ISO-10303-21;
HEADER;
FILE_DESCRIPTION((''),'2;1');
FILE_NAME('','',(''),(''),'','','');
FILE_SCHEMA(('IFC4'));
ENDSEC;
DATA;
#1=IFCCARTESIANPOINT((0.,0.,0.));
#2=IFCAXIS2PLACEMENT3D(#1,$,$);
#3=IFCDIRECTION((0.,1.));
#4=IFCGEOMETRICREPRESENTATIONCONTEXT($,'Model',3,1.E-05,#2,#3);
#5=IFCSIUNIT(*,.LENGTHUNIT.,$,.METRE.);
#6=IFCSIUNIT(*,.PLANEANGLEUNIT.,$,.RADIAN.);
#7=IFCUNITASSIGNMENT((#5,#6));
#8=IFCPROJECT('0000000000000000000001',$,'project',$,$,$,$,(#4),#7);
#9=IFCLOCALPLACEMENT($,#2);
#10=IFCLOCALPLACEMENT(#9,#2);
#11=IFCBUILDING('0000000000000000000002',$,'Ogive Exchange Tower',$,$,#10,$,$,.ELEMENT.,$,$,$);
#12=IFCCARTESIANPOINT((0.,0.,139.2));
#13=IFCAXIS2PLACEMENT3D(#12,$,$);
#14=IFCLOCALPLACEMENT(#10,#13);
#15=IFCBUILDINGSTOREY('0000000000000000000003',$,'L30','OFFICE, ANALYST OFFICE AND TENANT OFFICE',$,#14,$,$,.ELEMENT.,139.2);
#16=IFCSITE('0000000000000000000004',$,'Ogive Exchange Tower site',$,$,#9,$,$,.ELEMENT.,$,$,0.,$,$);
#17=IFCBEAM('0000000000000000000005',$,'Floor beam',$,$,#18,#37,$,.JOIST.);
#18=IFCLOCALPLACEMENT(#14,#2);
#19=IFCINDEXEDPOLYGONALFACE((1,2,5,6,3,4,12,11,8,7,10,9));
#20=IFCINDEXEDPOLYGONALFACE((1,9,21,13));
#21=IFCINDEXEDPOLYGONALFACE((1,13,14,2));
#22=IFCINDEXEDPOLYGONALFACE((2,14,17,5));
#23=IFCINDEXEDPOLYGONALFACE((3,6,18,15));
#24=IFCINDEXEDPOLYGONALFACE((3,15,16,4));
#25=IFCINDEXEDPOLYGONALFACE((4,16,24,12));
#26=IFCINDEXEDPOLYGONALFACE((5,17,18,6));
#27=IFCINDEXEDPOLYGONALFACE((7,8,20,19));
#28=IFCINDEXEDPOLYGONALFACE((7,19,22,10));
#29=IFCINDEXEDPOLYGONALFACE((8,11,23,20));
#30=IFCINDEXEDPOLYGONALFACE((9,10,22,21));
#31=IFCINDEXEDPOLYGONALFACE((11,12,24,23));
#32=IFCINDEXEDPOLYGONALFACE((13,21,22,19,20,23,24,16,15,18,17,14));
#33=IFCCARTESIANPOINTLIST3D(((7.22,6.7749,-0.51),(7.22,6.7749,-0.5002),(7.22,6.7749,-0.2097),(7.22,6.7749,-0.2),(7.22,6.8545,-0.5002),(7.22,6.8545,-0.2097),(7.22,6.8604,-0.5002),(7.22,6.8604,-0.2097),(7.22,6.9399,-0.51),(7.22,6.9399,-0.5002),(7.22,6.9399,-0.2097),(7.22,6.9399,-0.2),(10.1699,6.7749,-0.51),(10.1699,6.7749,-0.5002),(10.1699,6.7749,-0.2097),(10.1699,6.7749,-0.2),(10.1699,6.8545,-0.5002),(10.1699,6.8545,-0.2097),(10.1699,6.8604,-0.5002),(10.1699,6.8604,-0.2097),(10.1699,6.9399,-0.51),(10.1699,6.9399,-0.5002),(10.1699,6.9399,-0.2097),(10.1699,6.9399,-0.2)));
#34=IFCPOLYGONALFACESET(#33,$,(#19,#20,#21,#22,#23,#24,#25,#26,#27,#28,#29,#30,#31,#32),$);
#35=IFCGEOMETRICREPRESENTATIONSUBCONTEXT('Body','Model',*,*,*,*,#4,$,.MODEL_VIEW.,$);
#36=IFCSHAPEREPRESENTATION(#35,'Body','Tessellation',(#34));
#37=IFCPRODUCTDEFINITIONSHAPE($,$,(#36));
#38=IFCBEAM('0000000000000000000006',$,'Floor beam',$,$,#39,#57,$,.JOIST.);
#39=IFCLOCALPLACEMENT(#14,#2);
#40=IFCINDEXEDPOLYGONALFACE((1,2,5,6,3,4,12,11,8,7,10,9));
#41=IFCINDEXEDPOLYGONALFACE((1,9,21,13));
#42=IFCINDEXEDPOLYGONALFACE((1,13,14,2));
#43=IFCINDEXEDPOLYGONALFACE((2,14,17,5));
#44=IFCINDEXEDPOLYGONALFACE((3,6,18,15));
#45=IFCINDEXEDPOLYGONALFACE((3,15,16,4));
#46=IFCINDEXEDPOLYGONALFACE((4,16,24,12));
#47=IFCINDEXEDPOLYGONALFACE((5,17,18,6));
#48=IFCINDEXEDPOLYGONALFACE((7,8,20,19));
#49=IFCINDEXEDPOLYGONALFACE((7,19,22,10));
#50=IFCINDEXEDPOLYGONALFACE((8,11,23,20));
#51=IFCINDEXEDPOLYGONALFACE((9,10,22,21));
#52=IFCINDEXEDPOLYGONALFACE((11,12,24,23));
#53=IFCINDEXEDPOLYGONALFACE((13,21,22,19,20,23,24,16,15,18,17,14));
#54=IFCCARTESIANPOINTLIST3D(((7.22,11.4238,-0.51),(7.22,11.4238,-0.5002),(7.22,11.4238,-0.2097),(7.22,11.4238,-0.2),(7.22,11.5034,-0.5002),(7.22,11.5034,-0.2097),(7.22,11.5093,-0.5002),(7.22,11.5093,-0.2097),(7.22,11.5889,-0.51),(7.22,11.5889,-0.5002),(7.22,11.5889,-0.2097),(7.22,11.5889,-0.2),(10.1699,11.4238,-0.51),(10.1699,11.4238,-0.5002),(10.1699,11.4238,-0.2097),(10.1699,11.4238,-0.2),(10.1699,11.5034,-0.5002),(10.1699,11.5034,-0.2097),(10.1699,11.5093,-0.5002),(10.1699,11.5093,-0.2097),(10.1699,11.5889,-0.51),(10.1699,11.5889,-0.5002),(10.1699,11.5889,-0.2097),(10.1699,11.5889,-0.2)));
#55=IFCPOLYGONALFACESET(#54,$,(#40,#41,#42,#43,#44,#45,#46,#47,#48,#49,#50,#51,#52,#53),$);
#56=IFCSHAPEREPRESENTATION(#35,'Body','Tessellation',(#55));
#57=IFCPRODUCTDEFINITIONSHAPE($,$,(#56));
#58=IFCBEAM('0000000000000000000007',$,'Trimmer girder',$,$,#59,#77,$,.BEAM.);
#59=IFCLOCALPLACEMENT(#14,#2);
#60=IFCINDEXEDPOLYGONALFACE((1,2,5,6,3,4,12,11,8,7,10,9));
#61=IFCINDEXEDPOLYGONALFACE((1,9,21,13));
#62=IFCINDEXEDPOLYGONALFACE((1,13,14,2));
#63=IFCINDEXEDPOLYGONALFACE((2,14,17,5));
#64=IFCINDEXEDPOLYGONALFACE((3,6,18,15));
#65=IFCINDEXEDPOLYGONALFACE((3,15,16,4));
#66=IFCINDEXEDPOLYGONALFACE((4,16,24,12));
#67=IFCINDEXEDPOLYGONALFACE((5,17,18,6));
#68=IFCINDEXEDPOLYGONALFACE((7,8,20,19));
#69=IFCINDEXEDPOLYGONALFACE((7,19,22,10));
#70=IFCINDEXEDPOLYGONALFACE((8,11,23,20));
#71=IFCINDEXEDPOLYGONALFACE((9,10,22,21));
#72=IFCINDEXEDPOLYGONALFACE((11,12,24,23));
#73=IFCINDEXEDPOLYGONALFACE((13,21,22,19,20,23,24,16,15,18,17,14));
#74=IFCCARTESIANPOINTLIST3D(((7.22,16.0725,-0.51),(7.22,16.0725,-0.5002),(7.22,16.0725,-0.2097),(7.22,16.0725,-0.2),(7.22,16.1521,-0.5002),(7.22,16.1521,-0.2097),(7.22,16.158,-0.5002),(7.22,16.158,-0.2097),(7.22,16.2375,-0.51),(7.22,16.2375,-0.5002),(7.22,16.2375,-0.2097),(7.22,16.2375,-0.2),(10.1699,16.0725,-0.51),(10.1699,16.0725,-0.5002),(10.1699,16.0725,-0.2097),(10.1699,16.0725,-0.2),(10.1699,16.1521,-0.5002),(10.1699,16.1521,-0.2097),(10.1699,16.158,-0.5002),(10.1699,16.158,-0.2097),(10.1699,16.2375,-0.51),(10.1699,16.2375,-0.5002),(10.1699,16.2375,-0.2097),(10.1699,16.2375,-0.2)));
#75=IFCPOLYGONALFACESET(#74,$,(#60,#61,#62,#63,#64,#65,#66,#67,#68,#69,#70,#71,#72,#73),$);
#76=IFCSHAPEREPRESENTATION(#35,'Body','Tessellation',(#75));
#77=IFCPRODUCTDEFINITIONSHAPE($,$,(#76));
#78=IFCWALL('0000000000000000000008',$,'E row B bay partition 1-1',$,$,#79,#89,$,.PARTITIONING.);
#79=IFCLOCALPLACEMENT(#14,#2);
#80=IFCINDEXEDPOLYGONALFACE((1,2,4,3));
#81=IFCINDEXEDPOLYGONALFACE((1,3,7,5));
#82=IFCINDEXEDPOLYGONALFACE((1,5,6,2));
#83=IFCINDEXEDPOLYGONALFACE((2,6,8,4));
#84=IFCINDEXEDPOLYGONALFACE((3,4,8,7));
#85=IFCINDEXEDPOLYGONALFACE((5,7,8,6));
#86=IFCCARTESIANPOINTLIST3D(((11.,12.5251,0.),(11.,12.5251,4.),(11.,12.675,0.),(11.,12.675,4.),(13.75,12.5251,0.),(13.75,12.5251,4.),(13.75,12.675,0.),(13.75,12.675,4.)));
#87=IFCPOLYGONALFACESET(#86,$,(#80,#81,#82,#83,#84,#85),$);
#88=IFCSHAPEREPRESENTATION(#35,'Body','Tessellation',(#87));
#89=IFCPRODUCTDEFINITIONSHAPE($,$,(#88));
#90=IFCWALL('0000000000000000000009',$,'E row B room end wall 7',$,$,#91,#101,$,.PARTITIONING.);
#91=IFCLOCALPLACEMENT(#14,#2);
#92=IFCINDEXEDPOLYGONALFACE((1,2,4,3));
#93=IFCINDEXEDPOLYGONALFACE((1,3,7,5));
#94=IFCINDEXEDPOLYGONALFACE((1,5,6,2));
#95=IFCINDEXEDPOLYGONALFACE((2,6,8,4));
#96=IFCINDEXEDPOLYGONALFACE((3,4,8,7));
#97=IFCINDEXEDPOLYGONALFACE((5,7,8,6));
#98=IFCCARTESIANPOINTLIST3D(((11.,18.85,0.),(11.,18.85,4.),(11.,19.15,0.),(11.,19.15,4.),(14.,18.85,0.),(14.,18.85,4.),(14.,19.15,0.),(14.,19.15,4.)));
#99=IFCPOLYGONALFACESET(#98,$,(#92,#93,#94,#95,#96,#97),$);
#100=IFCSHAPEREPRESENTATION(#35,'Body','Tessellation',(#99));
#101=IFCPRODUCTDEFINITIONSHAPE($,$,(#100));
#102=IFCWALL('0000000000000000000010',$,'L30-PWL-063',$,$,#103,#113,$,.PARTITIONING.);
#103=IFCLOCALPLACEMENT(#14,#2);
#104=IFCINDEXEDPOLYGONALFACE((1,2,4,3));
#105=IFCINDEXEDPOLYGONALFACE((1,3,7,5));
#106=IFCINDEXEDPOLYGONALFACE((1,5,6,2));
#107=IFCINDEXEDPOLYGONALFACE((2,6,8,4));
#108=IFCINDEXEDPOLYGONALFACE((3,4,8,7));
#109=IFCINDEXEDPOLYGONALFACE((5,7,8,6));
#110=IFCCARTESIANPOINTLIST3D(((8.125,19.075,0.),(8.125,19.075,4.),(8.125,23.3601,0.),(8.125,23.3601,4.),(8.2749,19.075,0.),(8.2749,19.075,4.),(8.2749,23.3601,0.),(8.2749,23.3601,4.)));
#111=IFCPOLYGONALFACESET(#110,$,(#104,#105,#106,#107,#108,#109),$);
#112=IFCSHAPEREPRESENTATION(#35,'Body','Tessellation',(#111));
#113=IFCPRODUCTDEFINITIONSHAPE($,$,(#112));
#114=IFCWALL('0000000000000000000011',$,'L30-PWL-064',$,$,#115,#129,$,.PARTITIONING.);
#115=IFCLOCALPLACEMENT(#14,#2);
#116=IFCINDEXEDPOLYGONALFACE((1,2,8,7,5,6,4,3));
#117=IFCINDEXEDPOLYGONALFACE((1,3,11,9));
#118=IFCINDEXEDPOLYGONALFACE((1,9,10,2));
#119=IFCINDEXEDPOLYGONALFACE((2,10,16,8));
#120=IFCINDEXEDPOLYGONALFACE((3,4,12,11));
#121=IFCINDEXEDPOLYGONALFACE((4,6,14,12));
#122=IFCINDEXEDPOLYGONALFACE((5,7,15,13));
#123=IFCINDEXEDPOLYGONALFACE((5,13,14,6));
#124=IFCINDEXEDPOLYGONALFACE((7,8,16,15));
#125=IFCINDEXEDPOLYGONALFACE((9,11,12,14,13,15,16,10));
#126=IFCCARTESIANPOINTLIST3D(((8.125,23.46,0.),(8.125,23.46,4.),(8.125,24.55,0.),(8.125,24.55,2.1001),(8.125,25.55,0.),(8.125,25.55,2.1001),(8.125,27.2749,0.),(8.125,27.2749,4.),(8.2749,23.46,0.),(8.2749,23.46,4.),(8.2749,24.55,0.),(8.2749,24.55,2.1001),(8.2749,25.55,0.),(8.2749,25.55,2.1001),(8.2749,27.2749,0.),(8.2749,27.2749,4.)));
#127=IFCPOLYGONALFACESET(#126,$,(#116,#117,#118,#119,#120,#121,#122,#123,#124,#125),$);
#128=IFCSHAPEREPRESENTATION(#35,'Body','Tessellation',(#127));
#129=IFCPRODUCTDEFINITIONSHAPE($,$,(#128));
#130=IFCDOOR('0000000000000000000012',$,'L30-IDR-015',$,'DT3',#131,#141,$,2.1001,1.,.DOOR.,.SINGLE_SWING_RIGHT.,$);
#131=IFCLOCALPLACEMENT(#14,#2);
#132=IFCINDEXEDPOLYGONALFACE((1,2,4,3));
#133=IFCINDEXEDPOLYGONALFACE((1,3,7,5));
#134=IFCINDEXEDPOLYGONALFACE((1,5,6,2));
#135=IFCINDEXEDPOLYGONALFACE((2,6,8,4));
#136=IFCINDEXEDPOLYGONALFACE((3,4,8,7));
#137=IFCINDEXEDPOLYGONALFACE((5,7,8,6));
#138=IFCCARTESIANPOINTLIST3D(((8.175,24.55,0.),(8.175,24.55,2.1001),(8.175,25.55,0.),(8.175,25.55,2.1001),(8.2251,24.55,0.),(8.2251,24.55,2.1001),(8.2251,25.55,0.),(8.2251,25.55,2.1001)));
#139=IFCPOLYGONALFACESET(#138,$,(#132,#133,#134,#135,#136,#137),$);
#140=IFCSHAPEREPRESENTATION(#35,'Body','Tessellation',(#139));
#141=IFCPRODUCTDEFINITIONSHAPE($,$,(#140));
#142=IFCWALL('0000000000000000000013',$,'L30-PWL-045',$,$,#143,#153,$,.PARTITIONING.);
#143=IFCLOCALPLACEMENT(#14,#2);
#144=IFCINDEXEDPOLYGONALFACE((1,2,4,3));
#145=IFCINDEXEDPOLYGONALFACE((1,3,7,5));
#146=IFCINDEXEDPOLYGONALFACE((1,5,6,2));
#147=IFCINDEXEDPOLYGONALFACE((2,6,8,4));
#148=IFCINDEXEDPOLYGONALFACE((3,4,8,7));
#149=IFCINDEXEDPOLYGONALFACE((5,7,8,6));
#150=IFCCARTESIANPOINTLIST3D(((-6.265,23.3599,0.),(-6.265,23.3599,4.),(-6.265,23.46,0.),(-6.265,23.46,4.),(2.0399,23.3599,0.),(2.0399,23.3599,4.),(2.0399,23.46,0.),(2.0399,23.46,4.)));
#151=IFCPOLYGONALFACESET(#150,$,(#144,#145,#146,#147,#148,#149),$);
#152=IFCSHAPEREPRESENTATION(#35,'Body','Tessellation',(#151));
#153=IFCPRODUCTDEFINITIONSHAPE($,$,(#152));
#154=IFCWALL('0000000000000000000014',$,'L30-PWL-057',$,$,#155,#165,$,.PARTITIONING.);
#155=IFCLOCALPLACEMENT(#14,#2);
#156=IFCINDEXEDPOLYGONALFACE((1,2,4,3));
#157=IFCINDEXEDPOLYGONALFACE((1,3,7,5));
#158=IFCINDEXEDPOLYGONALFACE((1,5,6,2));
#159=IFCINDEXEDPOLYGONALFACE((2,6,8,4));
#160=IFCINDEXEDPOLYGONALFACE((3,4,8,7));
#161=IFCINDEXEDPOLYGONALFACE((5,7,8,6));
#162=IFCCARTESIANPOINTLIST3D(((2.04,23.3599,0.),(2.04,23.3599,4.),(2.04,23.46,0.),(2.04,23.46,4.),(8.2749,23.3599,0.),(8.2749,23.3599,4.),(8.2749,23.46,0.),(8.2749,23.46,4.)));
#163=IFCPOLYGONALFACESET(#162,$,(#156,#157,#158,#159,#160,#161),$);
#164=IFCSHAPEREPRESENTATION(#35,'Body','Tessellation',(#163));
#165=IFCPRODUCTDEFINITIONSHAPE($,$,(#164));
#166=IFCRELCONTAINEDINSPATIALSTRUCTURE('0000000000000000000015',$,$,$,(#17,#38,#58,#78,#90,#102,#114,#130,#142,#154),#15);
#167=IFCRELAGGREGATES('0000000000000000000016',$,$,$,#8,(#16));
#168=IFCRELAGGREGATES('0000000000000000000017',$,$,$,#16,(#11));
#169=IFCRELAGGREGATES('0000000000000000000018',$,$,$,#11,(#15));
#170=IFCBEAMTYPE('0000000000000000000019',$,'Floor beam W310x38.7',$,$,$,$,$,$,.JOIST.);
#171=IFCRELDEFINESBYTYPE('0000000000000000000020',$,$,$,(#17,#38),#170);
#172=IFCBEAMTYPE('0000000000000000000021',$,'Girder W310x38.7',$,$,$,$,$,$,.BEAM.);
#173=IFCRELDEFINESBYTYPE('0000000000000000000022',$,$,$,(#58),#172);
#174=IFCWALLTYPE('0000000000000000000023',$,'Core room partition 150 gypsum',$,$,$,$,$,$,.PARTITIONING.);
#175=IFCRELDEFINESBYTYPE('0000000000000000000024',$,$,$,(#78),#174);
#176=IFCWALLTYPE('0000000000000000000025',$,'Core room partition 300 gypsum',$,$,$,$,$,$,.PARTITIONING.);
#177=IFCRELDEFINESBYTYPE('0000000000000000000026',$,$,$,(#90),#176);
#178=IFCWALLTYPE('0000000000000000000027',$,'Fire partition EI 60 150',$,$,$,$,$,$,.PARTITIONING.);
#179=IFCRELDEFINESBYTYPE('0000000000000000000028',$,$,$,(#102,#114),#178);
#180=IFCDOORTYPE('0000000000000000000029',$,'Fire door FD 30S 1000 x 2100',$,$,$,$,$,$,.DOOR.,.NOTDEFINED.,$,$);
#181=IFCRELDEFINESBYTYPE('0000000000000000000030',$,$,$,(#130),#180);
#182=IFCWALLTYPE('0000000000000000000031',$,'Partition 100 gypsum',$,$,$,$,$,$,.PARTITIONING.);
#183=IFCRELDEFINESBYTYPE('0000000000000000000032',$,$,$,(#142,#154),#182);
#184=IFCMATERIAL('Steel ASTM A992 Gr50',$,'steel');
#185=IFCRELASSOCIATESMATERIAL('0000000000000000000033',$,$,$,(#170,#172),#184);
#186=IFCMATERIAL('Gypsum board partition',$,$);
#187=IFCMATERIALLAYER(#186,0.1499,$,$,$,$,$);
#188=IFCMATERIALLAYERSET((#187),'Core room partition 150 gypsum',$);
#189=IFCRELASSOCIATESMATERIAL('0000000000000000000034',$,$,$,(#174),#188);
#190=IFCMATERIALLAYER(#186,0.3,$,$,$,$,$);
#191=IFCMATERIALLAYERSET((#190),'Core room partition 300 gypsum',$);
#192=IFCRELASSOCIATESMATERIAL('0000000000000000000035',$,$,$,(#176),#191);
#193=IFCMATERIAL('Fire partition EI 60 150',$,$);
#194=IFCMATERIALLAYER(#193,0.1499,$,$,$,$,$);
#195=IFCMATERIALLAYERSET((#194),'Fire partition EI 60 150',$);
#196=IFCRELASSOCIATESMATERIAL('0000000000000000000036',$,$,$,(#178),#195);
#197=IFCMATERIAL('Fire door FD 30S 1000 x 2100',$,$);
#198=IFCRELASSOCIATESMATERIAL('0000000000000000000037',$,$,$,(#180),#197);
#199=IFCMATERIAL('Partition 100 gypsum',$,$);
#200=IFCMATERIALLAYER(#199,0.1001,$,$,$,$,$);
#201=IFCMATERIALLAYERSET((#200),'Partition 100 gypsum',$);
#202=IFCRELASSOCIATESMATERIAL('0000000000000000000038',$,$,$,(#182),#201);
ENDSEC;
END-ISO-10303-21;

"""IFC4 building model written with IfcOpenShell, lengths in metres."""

from ifc_helpers import new_model, si_unit, direction, frame, frame_2d, origin, origin_2d, place, context, subcontext, project, spatial, rectangle, i_section, extrude, material, layer, layer_set, material_profile, profile_set, type_object, element, fill, save


model = new_model("IFC4")

# Units and contexts
model_context = context("Model", 3, precision=1e-05, world=origin(), true_north=direction((0.0, 1.0)))
body_context = subcontext(model_context, "Body", "Model", "MODEL_VIEW")
ifc_project = project(units=[si_unit("LENGTHUNIT", "METRE"), si_unit("PLANEANGLEUNIT", "RADIAN")], contexts=[model_context])

# Site, building, storey
site_placement = place(None, origin())
site = spatial("IfcSite", under=ifc_project, at=site_placement, Name="Ogive Exchange Tower site", CompositionType="ELEMENT", RefElevation=0.0)
building_placement = place(site_placement, origin())
building = spatial("IfcBuilding", under=site, at=building_placement, Name="Ogive Exchange Tower", CompositionType="ELEMENT")
storey_placement = place(building_placement, frame((0.0, 0.0, 139.2)))
storey = spatial("IfcBuildingStorey", under=building, at=storey_placement, Name="L30", Description="OFFICE, ANALYST OFFICE AND TENANT OFFICE", CompositionType="ELEMENT", Elevation=139.2)

# Beams
ifc_material_1 = material(Name="Steel ASTM A992 Gr50", Category="steel")
ifc_material_profile_1 = material_profile(ifc_material_1, i_section(OverallWidth=0.165, OverallDepth=0.3101, WebThickness=0.0059, FlangeThickness=0.0098, at=origin_2d()), Name="W310x38.7")
ifc_profile_set_1 = profile_set([ifc_material_profile_1], Name="Steel ASTM A992 Gr50")
beam_type_1 = type_object("IfcBeamType", Name="Floor beam W310x38.7", PredefinedType="JOIST", material=ifc_profile_set_1)
for number, where, z_axis, x_axis, name in (
    (1, (7.22, 6.8574, -0.355), (1.0, 0.0, 0.0), (0.0, 1.0, 0.0), "Floor beam"),
    (2, (7.22, 11.5063, -0.355), (1.0, 0.0, 0.0), (0.0, 1.0, 0.0), "Floor beam"),
):
    element("IfcBeam", number, at=place(storey_placement, frame(where, z_axis=z_axis, x_axis=x_axis)), inside=storey, type_object=beam_type_1, Name=name, PredefinedType="JOIST", context=body_context, shape_type="SweptSolid", body=[
        extrude(i_section(OverallWidth=0.165, OverallDepth=0.3101, WebThickness=0.0059, FlangeThickness=0.0098, at=origin_2d()), origin(), (0.0, 0.0, 1.0), 2.95),
    ])
ifc_material_profile_2 = material_profile(ifc_material_1, i_section(OverallWidth=0.165, OverallDepth=0.3101, WebThickness=0.0059, FlangeThickness=0.0098, at=origin_2d()), Name="W310x38.7")
ifc_profile_set_2 = profile_set([ifc_material_profile_2], Name="Steel ASTM A992 Gr50")
beam_type_2 = type_object("IfcBeamType", Name="Girder W310x38.7", PredefinedType="BEAM", material=ifc_profile_set_2)
beam_placement = place(storey_placement, frame((7.22, 16.155, -0.355), z_axis=(1.0, 0.0, 0.0), x_axis=(0.0, 1.0, 0.0)))
element("IfcBeam", 3, at=beam_placement, inside=storey, type_object=beam_type_2, Name="Trimmer girder", PredefinedType="BEAM", context=body_context, shape_type="SweptSolid", body=[
    extrude(i_section(OverallWidth=0.165, OverallDepth=0.3101, WebThickness=0.0059, FlangeThickness=0.0098, at=origin_2d()), origin(), (0.0, 0.0, 1.0), 2.95),
])

# Walls
ifc_material_2 = material(Name="Gypsum board partition")
ifc_layer_1 = layer(ifc_material_2, 0.1499)
ifc_layer_set_1 = layer_set([ifc_layer_1], Name="Core room partition 150 gypsum")
wall_type_1 = type_object("IfcWallType", Name="Core room partition 150 gypsum", PredefinedType="PARTITIONING", material=ifc_layer_set_1)
wall_1_placement = place(storey_placement, frame((11.0, 12.6001, 0.0), z_axis=(0.0, 0.0, 1.0), x_axis=(1.0, 0.0, 0.0)))
element("IfcWall", 4, at=wall_1_placement, inside=storey, type_object=wall_type_1, Name="E row B bay partition 1-1", PredefinedType="PARTITIONING", context=body_context, shape_type="SweptSolid", body=[
    extrude(rectangle(XDim=2.75, YDim=0.1499, at=frame_2d((1.375, 0.0))), origin(), (0.0, 0.0, 1.0), 4.0),
])
ifc_layer_2 = layer(ifc_material_2, 0.3)
ifc_layer_set_2 = layer_set([ifc_layer_2], Name="Core room partition 300 gypsum")
wall_type_2 = type_object("IfcWallType", Name="Core room partition 300 gypsum", PredefinedType="PARTITIONING", material=ifc_layer_set_2)
wall_2_placement = place(storey_placement, frame((11.0, 19.0, 0.0), z_axis=(0.0, 0.0, 1.0), x_axis=(1.0, 0.0, 0.0)))
element("IfcWall", 5, at=wall_2_placement, inside=storey, type_object=wall_type_2, Name="E row B room end wall 7", PredefinedType="PARTITIONING", context=body_context, shape_type="SweptSolid", body=[
    extrude(rectangle(XDim=3.0, YDim=0.3, at=frame_2d((1.5, 0.0))), origin(), (0.0, 0.0, 1.0), 4.0),
])
ifc_material_3 = material(Name="Fire partition EI 60 150")
ifc_layer_3 = layer(ifc_material_3, 0.1499)
ifc_layer_set_3 = layer_set([ifc_layer_3], Name="Fire partition EI 60 150")
wall_type_3 = type_object("IfcWallType", Name="Fire partition EI 60 150", PredefinedType="PARTITIONING", material=ifc_layer_set_3)
wall_3_placement = place(storey_placement, frame((8.2, 19.075, 0.0), z_axis=(0.0, 0.0, 1.0), x_axis=(0.0, 1.0, 0.0)))
element("IfcWall", 6, at=wall_3_placement, inside=storey, type_object=wall_type_3, Name="L30-PWL-063", PredefinedType="PARTITIONING", context=body_context, shape_type="SweptSolid", body=[
    extrude(rectangle(XDim=4.2852, YDim=0.1499, at=frame_2d((2.1426, 0.0))), origin(), (0.0, 0.0, 1.0), 4.0),
])

# Wall, opening, door
wall_4_placement = place(storey_placement, frame((8.2, 23.46, 0.0), z_axis=(0.0, 0.0, 1.0), x_axis=(0.0, 1.0, 0.0)))
wall_4 = element("IfcWall", 7, at=wall_4_placement, inside=storey, type_object=wall_type_3, Name="L30-PWL-064", PredefinedType="PARTITIONING", context=body_context, shape_type="SweptSolid", body=[
    extrude(rectangle(XDim=3.8149, YDim=0.1499, at=frame_2d((1.9075, 0.0))), origin(), (0.0, 0.0, 1.0), 4.0),
])
opening_1_placement = place(wall_4_placement, frame((1.0901, 0.0, 0.0)))
opening_1 = element("IfcOpeningElement", 8, at=opening_1_placement, cuts=wall_4, PredefinedType="OPENING", context=body_context, shape_type="SweptSolid", body=[
    extrude(rectangle(XDim=1.0, YDim=2.1001, at=frame_2d((0.5, 1.05))), frame((0.0, 0.085, 0.0), z_axis=(0.0, -1.0, 0.0), x_axis=(1.0, 0.0, 0.0)), (0.0, 0.0, 1.0), 0.1699),
])
ifc_material_4 = material(Name="Fire door FD 30S 1000 x 2100")
door_type_1 = type_object("IfcDoorType", Name="Fire door FD 30S 1000 x 2100", OperationType="NOTDEFINED", PredefinedType="DOOR", material=ifc_material_4)
door_1_placement = place(opening_1_placement, origin())
door_1 = element("IfcDoor", 9, at=door_1_placement, inside=storey, type_object=door_type_1, Name="L30-IDR-015", ObjectType="DT3", OperationType="SINGLE_SWING_RIGHT", OverallHeight=2.1001, OverallWidth=1.0, PredefinedType="DOOR", context=body_context, shape_type="SweptSolid", body=[
    extrude(rectangle(XDim=1.0, YDim=2.1001, at=frame_2d((0.5, 1.05))), frame((0.0, 0.0249, 0.0), z_axis=(0.0, -1.0, 0.0), x_axis=(1.0, 0.0, 0.0)), (0.0, 0.0, 1.0), 0.05),
])
fill(opening_1, door_1)

# Walls
ifc_material_5 = material(Name="Partition 100 gypsum")
ifc_layer_4 = layer(ifc_material_5, 0.1001)
ifc_layer_set_4 = layer_set([ifc_layer_4], Name="Partition 100 gypsum")
wall_type_4 = type_object("IfcWallType", Name="Partition 100 gypsum", PredefinedType="PARTITIONING", material=ifc_layer_set_4)
wall_5_placement = place(storey_placement, frame((-6.2649, 23.4099, 0.0), z_axis=(0.0, 0.0, 1.0), x_axis=(1.0, 0.0, 0.0)))
element("IfcWall", 10, at=wall_5_placement, inside=storey, type_object=wall_type_4, Name="L30-PWL-045", PredefinedType="PARTITIONING", context=body_context, shape_type="SweptSolid", body=[
    extrude(rectangle(XDim=8.3049, YDim=0.1001, at=frame_2d((4.1523, 0.0))), origin(), (0.0, 0.0, 1.0), 4.0),
])
wall_6_placement = place(storey_placement, frame((2.04, 23.4099, 0.0), z_axis=(0.0, 0.0, 1.0), x_axis=(1.0, 0.0, 0.0)))
element("IfcWall", 11, at=wall_6_placement, inside=storey, type_object=wall_type_4, Name="L30-PWL-057", PredefinedType="PARTITIONING", context=body_context, shape_type="SweptSolid", body=[
    extrude(rectangle(XDim=6.2349, YDim=0.1001, at=frame_2d((3.1174, 0.0))), origin(), (0.0, 0.0, 1.0), 4.0),
])

save(model, "model.ifc")
